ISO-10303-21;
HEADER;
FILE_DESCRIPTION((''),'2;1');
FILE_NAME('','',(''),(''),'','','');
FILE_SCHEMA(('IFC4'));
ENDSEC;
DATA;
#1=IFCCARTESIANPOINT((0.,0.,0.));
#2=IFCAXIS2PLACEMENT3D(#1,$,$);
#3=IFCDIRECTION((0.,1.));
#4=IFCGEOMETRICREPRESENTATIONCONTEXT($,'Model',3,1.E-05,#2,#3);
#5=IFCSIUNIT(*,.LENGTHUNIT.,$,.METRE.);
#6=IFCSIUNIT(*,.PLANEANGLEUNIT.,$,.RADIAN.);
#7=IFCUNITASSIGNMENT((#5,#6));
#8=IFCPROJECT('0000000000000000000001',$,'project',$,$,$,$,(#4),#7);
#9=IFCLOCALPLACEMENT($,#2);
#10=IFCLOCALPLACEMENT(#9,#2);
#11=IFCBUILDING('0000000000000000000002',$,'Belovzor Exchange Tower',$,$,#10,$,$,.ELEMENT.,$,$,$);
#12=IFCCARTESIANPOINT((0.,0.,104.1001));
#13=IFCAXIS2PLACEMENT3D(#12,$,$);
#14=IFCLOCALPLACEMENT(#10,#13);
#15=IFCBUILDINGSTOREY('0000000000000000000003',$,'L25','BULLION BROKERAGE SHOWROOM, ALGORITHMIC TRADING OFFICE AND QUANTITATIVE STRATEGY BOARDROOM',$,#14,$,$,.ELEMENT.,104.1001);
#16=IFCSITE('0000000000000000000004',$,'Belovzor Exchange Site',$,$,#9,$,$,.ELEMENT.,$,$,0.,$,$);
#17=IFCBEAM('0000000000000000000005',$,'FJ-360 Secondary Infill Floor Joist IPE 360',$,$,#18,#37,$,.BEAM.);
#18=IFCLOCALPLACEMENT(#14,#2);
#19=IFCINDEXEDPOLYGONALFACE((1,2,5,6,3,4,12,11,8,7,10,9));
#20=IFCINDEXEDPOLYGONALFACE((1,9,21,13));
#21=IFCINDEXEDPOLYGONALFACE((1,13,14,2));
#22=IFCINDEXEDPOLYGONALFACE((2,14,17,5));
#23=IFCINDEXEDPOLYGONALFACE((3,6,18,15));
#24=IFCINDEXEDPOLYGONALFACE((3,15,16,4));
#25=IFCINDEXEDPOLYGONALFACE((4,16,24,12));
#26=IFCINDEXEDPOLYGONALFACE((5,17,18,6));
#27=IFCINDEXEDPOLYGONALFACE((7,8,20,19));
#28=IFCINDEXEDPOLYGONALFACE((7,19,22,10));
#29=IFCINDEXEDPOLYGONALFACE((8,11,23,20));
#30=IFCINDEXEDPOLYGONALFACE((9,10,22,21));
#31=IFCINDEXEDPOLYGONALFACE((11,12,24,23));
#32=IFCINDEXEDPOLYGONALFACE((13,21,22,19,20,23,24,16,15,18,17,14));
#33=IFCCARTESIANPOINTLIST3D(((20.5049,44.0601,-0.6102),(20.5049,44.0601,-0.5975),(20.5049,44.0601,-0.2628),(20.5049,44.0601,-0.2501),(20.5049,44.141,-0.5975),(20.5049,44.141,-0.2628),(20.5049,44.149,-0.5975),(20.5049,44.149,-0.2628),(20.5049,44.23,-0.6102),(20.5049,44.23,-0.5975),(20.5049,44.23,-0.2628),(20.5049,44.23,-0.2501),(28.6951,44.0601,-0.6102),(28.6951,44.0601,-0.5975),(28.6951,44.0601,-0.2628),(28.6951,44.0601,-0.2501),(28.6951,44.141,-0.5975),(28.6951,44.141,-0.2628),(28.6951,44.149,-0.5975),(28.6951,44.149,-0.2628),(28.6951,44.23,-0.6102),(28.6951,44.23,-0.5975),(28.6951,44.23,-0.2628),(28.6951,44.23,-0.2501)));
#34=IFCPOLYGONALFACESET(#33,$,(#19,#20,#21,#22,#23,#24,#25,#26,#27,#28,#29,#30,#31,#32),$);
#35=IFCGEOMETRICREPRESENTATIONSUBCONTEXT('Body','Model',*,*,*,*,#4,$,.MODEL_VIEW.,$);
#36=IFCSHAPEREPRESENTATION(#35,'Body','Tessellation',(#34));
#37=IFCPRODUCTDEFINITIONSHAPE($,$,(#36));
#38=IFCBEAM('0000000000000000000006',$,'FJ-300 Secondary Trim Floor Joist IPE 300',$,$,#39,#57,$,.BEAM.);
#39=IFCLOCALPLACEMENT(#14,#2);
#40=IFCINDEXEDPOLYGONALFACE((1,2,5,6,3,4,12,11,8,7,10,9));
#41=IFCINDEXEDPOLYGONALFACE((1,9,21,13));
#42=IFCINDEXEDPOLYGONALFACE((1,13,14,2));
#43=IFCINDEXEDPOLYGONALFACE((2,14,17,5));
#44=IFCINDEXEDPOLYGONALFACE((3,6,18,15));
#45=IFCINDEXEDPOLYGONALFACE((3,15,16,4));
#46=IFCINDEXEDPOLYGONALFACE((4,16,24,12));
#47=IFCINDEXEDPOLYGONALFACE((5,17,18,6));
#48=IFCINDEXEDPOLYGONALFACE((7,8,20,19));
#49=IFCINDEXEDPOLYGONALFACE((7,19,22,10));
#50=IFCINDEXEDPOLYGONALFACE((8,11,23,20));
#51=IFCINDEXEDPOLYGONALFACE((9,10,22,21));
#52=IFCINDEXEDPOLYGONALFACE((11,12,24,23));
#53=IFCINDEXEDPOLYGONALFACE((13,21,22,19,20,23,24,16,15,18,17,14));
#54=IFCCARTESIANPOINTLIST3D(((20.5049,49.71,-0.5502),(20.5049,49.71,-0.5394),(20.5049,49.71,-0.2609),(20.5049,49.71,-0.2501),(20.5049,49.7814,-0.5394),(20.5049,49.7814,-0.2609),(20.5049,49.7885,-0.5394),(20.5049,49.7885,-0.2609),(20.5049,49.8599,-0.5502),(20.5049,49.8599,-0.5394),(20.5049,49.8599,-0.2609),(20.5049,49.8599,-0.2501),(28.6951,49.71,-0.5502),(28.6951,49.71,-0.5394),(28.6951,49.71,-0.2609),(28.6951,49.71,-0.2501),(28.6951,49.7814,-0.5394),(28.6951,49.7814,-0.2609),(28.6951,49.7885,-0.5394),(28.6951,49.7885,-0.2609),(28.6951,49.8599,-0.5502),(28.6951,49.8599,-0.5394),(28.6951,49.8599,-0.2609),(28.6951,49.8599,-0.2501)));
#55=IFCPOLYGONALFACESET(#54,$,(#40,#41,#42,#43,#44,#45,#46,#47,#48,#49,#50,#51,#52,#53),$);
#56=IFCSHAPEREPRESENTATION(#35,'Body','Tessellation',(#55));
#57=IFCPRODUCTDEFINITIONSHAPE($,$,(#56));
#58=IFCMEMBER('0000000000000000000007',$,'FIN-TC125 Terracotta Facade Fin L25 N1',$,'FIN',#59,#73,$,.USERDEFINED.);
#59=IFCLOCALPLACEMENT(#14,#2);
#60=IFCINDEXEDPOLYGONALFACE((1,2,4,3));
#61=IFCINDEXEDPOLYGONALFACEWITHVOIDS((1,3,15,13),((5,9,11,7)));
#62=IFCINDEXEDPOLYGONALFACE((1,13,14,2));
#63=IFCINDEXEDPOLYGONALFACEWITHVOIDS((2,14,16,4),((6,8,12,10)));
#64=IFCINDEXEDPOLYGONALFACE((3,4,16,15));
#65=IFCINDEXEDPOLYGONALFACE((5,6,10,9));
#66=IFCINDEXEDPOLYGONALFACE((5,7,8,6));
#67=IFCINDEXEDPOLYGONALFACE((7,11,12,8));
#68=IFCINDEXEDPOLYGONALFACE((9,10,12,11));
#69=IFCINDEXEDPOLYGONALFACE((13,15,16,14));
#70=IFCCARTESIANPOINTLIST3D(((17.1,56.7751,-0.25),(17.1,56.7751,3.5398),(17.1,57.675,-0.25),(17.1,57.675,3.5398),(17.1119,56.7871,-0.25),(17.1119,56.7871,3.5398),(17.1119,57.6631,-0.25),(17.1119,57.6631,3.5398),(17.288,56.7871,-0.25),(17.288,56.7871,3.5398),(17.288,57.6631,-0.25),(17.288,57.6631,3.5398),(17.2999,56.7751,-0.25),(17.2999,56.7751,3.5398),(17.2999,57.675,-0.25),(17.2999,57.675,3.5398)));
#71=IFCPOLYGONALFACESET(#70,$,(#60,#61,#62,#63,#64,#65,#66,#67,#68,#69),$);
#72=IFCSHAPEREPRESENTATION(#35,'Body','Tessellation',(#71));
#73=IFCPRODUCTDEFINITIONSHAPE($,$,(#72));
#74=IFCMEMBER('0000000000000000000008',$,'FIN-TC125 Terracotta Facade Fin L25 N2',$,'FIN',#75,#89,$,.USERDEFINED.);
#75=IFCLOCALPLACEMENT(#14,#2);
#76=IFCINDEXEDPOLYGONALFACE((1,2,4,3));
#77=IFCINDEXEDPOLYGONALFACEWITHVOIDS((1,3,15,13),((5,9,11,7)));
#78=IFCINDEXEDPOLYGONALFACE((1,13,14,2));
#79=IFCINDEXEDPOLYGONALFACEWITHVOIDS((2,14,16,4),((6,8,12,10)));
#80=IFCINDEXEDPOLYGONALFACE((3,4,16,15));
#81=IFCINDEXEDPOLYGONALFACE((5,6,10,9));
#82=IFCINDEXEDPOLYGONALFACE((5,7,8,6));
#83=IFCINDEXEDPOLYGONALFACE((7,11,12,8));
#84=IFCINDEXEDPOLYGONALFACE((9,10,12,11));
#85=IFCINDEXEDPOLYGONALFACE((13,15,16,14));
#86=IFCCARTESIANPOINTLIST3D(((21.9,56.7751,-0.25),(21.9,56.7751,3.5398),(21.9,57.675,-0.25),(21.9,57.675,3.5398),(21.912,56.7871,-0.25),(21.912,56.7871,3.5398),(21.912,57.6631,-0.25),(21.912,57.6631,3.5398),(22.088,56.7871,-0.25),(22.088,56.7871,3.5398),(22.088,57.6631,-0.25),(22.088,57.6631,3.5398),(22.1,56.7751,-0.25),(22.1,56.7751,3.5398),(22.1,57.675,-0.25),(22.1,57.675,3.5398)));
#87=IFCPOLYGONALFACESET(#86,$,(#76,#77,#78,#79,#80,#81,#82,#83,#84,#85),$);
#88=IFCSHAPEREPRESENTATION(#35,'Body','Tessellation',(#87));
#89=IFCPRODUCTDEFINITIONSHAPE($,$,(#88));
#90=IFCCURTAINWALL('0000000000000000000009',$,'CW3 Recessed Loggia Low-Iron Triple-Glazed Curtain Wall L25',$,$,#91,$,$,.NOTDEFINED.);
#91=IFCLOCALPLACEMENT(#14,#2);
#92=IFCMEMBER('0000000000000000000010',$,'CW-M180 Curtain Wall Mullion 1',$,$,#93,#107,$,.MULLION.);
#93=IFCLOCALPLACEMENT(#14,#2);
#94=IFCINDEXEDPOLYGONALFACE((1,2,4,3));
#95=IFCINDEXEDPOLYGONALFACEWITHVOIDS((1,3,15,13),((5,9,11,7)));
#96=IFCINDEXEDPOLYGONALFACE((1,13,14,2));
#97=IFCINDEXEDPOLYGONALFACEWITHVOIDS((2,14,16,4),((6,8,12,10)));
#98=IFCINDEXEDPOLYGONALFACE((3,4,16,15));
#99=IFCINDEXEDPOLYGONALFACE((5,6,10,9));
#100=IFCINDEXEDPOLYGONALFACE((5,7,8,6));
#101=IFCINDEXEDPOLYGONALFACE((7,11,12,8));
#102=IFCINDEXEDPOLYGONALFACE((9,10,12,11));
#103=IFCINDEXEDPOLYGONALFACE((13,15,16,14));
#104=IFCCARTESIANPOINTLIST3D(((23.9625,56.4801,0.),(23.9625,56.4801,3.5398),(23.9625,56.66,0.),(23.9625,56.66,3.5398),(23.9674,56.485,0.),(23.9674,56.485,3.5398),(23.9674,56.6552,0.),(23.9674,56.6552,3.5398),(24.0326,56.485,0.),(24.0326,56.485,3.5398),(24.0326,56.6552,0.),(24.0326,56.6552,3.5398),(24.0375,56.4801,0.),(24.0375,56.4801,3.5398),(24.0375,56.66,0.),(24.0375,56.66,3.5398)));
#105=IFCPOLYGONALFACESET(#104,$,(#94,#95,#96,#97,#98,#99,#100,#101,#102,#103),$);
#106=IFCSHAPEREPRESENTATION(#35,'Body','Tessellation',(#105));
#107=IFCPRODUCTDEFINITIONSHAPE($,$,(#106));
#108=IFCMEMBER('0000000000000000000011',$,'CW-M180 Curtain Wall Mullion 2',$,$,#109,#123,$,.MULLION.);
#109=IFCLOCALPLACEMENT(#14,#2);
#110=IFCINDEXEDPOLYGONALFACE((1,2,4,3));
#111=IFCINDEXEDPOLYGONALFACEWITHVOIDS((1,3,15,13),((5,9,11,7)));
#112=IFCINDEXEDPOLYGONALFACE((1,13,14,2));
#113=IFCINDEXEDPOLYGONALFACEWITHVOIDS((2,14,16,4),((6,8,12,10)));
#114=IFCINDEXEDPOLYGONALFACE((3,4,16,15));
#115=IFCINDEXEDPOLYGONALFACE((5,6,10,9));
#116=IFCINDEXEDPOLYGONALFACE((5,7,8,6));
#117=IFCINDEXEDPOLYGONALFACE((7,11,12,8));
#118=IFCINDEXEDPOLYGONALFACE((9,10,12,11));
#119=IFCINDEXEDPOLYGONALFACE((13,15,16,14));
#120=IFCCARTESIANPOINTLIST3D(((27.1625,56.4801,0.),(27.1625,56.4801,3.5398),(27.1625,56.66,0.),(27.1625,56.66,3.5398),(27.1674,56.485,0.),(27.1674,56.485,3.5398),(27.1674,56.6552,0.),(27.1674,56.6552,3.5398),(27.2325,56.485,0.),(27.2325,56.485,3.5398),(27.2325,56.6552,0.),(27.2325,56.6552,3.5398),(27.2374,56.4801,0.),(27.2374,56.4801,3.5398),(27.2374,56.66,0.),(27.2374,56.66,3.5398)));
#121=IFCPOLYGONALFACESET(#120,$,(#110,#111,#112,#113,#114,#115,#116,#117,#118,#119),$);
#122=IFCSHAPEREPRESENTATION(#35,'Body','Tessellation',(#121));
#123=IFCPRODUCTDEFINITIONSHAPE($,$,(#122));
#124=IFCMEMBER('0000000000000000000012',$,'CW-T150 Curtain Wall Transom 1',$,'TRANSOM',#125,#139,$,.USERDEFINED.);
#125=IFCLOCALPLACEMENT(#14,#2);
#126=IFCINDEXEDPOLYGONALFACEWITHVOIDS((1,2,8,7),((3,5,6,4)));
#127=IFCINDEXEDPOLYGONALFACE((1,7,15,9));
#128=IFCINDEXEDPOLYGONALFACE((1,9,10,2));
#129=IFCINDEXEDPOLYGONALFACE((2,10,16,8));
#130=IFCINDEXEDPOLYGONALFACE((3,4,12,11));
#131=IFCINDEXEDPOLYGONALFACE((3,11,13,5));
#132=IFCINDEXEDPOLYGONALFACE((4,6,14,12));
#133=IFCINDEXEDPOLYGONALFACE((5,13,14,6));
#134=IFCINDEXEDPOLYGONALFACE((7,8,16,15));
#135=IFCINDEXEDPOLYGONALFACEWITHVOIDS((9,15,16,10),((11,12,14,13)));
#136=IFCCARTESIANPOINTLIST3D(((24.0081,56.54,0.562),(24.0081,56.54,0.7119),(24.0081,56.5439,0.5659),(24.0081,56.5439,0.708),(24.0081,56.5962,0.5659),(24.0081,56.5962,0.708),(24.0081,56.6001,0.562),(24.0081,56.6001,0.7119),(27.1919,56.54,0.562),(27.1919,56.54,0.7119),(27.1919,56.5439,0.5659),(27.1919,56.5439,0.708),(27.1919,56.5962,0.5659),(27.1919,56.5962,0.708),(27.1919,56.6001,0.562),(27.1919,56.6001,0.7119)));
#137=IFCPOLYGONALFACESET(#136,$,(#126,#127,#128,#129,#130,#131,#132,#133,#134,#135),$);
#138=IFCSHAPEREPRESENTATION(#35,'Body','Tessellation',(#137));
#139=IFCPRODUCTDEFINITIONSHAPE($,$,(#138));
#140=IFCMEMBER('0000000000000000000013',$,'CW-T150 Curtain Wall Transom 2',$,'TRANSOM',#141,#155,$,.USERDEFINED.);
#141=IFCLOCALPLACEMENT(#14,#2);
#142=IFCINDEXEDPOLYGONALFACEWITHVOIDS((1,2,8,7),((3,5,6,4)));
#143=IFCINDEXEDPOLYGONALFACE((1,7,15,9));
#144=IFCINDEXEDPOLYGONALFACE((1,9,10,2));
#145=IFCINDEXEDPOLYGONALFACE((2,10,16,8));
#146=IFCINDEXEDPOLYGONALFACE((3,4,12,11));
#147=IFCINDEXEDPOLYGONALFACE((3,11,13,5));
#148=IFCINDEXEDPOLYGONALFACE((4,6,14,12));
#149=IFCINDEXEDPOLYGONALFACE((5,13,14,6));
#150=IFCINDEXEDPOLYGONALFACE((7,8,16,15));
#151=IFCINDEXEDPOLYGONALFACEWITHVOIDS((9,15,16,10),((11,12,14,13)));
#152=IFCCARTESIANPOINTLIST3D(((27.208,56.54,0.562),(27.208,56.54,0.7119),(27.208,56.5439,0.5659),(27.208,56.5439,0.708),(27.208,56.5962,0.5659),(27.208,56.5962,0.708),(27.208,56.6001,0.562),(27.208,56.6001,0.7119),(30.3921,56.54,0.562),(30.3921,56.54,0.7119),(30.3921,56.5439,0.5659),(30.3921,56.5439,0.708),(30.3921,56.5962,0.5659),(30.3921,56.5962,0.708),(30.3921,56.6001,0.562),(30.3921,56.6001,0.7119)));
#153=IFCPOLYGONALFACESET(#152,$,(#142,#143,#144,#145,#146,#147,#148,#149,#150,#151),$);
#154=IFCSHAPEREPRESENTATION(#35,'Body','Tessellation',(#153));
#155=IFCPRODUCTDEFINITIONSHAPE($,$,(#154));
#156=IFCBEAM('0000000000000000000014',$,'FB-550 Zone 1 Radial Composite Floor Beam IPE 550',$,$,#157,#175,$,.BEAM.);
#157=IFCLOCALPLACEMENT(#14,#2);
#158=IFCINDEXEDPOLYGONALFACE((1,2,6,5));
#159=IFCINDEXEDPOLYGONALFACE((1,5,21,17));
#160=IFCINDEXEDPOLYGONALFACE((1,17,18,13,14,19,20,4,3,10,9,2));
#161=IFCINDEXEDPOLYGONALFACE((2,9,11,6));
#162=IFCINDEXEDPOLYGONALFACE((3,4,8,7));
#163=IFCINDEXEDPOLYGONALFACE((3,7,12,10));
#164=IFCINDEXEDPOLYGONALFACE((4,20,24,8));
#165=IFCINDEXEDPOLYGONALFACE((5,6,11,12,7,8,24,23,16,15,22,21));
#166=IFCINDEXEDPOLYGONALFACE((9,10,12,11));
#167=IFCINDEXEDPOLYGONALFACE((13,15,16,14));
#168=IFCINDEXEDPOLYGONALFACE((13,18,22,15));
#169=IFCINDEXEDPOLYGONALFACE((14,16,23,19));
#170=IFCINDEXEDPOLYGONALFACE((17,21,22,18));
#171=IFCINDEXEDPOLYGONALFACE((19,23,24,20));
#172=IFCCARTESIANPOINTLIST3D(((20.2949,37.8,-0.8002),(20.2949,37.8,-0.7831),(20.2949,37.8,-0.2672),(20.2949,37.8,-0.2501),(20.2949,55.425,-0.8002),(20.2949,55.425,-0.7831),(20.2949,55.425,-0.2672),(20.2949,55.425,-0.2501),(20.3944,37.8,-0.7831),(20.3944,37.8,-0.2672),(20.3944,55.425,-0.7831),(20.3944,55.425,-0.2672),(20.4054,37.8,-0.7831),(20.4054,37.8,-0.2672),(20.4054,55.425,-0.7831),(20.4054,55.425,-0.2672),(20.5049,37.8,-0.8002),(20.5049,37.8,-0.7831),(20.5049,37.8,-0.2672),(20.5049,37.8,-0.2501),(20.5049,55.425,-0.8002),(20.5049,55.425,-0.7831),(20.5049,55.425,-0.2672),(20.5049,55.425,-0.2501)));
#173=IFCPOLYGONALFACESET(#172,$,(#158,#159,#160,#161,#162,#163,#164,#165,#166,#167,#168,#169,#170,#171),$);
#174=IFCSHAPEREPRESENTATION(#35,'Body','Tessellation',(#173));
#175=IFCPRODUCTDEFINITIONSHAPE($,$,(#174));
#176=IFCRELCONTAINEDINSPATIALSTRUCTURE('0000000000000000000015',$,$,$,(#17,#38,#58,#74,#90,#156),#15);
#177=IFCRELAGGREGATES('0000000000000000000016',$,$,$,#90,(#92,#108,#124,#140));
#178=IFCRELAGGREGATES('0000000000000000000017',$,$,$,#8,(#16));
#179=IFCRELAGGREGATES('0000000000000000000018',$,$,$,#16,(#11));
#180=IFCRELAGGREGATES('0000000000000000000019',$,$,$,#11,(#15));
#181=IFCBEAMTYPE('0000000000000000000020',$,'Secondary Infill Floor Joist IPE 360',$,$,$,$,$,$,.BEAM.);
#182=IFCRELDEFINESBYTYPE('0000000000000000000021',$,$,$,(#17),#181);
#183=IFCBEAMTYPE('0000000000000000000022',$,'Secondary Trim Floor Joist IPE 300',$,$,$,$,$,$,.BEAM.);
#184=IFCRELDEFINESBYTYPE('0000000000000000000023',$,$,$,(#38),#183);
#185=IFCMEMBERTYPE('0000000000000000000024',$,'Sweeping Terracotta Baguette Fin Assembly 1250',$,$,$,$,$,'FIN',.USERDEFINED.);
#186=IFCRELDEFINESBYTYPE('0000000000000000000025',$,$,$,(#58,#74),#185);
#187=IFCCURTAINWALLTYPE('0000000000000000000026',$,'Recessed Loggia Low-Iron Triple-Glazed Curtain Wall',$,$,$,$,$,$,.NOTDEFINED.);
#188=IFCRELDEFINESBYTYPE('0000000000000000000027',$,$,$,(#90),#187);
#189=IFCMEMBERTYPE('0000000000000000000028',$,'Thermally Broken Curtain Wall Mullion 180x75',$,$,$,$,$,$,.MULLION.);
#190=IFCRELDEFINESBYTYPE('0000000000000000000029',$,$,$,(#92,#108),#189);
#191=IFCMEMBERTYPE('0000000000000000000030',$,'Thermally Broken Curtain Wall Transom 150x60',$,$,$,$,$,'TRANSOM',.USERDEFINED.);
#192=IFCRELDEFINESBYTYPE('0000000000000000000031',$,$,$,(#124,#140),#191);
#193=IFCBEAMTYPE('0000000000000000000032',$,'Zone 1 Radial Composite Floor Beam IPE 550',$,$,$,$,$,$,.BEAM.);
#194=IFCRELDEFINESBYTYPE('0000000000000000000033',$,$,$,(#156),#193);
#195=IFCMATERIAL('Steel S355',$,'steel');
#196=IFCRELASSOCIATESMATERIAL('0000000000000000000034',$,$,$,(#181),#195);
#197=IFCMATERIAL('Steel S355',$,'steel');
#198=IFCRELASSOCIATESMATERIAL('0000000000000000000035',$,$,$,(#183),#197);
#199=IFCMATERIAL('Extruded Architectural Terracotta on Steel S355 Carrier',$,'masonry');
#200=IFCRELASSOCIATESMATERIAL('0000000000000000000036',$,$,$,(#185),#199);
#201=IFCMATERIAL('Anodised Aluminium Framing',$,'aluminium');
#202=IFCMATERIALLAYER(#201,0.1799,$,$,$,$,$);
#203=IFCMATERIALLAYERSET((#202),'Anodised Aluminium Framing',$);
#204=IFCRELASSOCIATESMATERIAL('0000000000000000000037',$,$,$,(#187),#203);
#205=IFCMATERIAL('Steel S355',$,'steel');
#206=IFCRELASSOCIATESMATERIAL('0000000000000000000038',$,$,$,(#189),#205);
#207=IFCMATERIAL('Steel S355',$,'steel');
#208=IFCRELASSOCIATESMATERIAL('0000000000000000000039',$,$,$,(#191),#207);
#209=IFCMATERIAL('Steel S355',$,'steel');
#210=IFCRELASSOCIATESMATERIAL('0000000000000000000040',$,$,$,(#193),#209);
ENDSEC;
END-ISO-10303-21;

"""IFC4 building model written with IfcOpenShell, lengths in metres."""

from ifc_helpers import new_model, si_unit, direction, frame, origin, origin_2d, place, context, subcontext, project, spatial, hollow_rectangle, i_section, extrude, material, layer, layer_set, material_profile, profile_set, type_object, element, aggregate, save


model = new_model("IFC4")

# Units and contexts
model_context = context("Model", 3, precision=1e-05, world=origin(), true_north=direction((0.0, 1.0)))
body_context = subcontext(model_context, "Body", "Model", "MODEL_VIEW")
ifc_project = project(units=[si_unit("LENGTHUNIT", "METRE"), si_unit("PLANEANGLEUNIT", "RADIAN")], contexts=[model_context])

# Site, building, storey
site_placement = place(None, origin())
site = spatial("IfcSite", under=ifc_project, at=site_placement, Name="Belovzor Exchange Site", CompositionType="ELEMENT", RefElevation=0.0)
building_placement = place(site_placement, origin())
building = spatial("IfcBuilding", under=site, at=building_placement, Name="Belovzor Exchange Tower", CompositionType="ELEMENT")
storey_placement = place(building_placement, frame((0.0, 0.0, 104.1001)))
storey = spatial("IfcBuildingStorey", under=building, at=storey_placement, Name="L25", Description="BULLION BROKERAGE SHOWROOM, ALGORITHMIC TRADING OFFICE AND QUANTITATIVE STRATEGY BOARDROOM", CompositionType="ELEMENT", Elevation=104.1001)

# Beams
ifc_material_1 = material(Name="Steel S355", Category="steel")
ifc_material_profile_1 = material_profile(ifc_material_1, i_section(OverallWidth=0.1699, OverallDepth=0.3601, WebThickness=0.0081, FlangeThickness=0.0127, at=origin_2d()))
ifc_profile_set_1 = profile_set([ifc_material_profile_1], Name="Steel S355")
beam_type_1 = type_object("IfcBeamType", Name="Secondary Infill Floor Joist IPE 360", PredefinedType="BEAM", material=ifc_profile_set_1)
beam_1_placement = place(storey_placement, frame((20.5049, 44.145, -0.4302), z_axis=(1.0, 0.0, 0.0), x_axis=(0.0, 1.0, 0.0)))
element("IfcBeam", 1, at=beam_1_placement, inside=storey, type_object=beam_type_1, Name="FJ-360 Secondary Infill Floor Joist IPE 360", PredefinedType="BEAM", context=body_context, shape_type="SweptSolid", body=[
    extrude(i_section(OverallWidth=0.1699, OverallDepth=0.3601, WebThickness=0.0081, FlangeThickness=0.0127, at=origin_2d()), origin(), (0.0, 0.0, 1.0), 8.1902),
])
ifc_material_2 = material(Name="Steel S355", Category="steel")
ifc_material_profile_2 = material_profile(ifc_material_2, i_section(OverallWidth=0.1499, OverallDepth=0.3, WebThickness=0.0071, FlangeThickness=0.0107, at=origin_2d()))
ifc_profile_set_2 = profile_set([ifc_material_profile_2], Name="Steel S355")
beam_type_2 = type_object("IfcBeamType", Name="Secondary Trim Floor Joist IPE 300", PredefinedType="BEAM", material=ifc_profile_set_2)
beam_2_placement = place(storey_placement, frame((20.5049, 49.7849, -0.4001), z_axis=(1.0, 0.0, 0.0), x_axis=(0.0, 1.0, 0.0)))
element("IfcBeam", 2, at=beam_2_placement, inside=storey, type_object=beam_type_2, Name="FJ-300 Secondary Trim Floor Joist IPE 300", PredefinedType="BEAM", context=body_context, shape_type="SweptSolid", body=[
    extrude(i_section(OverallWidth=0.1499, OverallDepth=0.3, WebThickness=0.0071, FlangeThickness=0.0107, at=origin_2d()), origin(), (0.0, 0.0, 1.0), 8.1902),
])

# Members
ifc_material_3 = material(Name="Extruded Architectural Terracotta on Steel S355 Carrier", Category="masonry")
ifc_material_profile_3 = material_profile(ifc_material_3, hollow_rectangle(XDim=0.2, YDim=0.8999, WallThickness=0.012, at=origin_2d()))
ifc_profile_set_3 = profile_set([ifc_material_profile_3], Name="Extruded Architectural Terracotta on Steel S355 Carrier")
member_type_1 = type_object("IfcMemberType", Name="Sweeping Terracotta Baguette Fin Assembly 1250", ElementType="FIN", PredefinedType="USERDEFINED", material=ifc_profile_set_3)
for number, where, z_axis, x_axis, name in (
    (3, (17.2, 57.2251, -0.25), (0.0, 0.0, 1.0), (1.0, 0.0, 0.0), "FIN-TC125 Terracotta Facade Fin L25 N1"),
    (4, (22.0, 57.2251, -0.25), (0.0, 0.0, 1.0), (1.0, 0.0, 0.0), "FIN-TC125 Terracotta Facade Fin L25 N2"),
):
    element("IfcMember", number, at=place(storey_placement, frame(where, z_axis=z_axis, x_axis=x_axis)), inside=storey, type_object=member_type_1, Name=name, ObjectType="FIN", PredefinedType="USERDEFINED", context=body_context, shape_type="SweptSolid", body=[
        extrude(hollow_rectangle(XDim=0.2, YDim=0.8999, WallThickness=0.012, at=origin_2d()), origin(), (0.0, 0.0, 1.0), 3.7898),
    ])

# Curtain wall, members
ifc_material_4 = material(Name="Anodised Aluminium Framing", Category="aluminium")
ifc_layer_1 = layer(ifc_material_4, 0.1799)
ifc_layer_set_1 = layer_set([ifc_layer_1], Name="Anodised Aluminium Framing")
curtain_wall_type = type_object("IfcCurtainWallType", Name="Recessed Loggia Low-Iron Triple-Glazed Curtain Wall", PredefinedType="NOTDEFINED", material=ifc_layer_set_1)
curtain_wall_placement = place(storey_placement, origin())
curtain_wall = element("IfcCurtainWall", 5, at=curtain_wall_placement, inside=storey, type_object=curtain_wall_type, Name="CW3 Recessed Loggia Low-Iron Triple-Glazed Curtain Wall L25", PredefinedType="NOTDEFINED")
ifc_material_5 = material(Name="Steel S355", Category="steel")
ifc_material_profile_4 = material_profile(ifc_material_5, hollow_rectangle(XDim=0.075, YDim=0.1799, WallThickness=0.0049, at=origin_2d()))
ifc_profile_set_4 = profile_set([ifc_material_profile_4], Name="Steel S355")
member_type_2 = type_object("IfcMemberType", Name="Thermally Broken Curtain Wall Mullion 180x75", PredefinedType="MULLION", material=ifc_profile_set_4)
member_1_placement = place(storey_placement, frame((24.0, 56.5701, 0.0), z_axis=(0.0, 0.0, 1.0), x_axis=(1.0, 0.0, 0.0)))
member_1 = element("IfcMember", 6, at=member_1_placement, type_object=member_type_2, Name="CW-M180 Curtain Wall Mullion 1", PredefinedType="MULLION", context=body_context, shape_type="SweptSolid", body=[
    extrude(hollow_rectangle(XDim=0.075, YDim=0.1799, WallThickness=0.0049, at=origin_2d()), origin(), (0.0, 0.0, 1.0), 3.5398),
])
member_2_placement = place(storey_placement, frame((27.2, 56.5701, 0.0), z_axis=(0.0, 0.0, 1.0), x_axis=(1.0, 0.0, 0.0)))
member_2 = element("IfcMember", 7, at=member_2_placement, type_object=member_type_2, Name="CW-M180 Curtain Wall Mullion 2", PredefinedType="MULLION", context=body_context, shape_type="SweptSolid", body=[
    extrude(hollow_rectangle(XDim=0.075, YDim=0.1799, WallThickness=0.0049, at=origin_2d()), origin(), (0.0, 0.0, 1.0), 3.5398),
])
ifc_material_6 = material(Name="Steel S355", Category="steel")
ifc_material_profile_5 = material_profile(ifc_material_6, hollow_rectangle(XDim=0.0601, YDim=0.1499, WallThickness=0.0039, at=origin_2d()))
ifc_profile_set_5 = profile_set([ifc_material_profile_5], Name="Steel S355")
member_type_3 = type_object("IfcMemberType", Name="Thermally Broken Curtain Wall Transom 150x60", ElementType="TRANSOM", PredefinedType="USERDEFINED", material=ifc_profile_set_5)
member_3_placement = place(storey_placement, frame((24.0081, 56.5701, 0.637), z_axis=(1.0, 0.0, 0.0), x_axis=(0.0, 1.0, 0.0)))
member_3 = element("IfcMember", 8, at=member_3_placement, type_object=member_type_3, Name="CW-T150 Curtain Wall Transom 1", ObjectType="TRANSOM", PredefinedType="USERDEFINED", context=body_context, shape_type="SweptSolid", body=[
    extrude(hollow_rectangle(XDim=0.0601, YDim=0.1499, WallThickness=0.0039, at=origin_2d()), origin(), (0.0, 0.0, 1.0), 3.1838),
])
member_4_placement = place(storey_placement, frame((27.208, 56.5701, 0.637), z_axis=(1.0, 0.0, 0.0), x_axis=(0.0, 1.0, 0.0)))
member_4 = element("IfcMember", 9, at=member_4_placement, type_object=member_type_3, Name="CW-T150 Curtain Wall Transom 2", ObjectType="TRANSOM", PredefinedType="USERDEFINED", context=body_context, shape_type="SweptSolid", body=[
    extrude(hollow_rectangle(XDim=0.0601, YDim=0.1499, WallThickness=0.0039, at=origin_2d()), origin(), (0.0, 0.0, 1.0), 3.1841),
])

# Beam
ifc_material_7 = material(Name="Steel S355", Category="steel")
ifc_material_profile_6 = material_profile(ifc_material_7, i_section(OverallWidth=0.21, OverallDepth=0.55, WebThickness=0.011, FlangeThickness=0.0171, at=origin_2d()))
ifc_profile_set_6 = profile_set([ifc_material_profile_6], Name="Steel S355")
beam_type_3 = type_object("IfcBeamType", Name="Zone 1 Radial Composite Floor Beam IPE 550", PredefinedType="BEAM", material=ifc_profile_set_6)
for number, where, z_axis, x_axis, name in (
    (10, (20.3999, 37.8, -0.5251), (0.0, 1.0, 0.0), (-1.0, 0.0, 0.0), "FB-550 Zone 1 Radial Composite Floor Beam IPE 550"),
):
    element("IfcBeam", number, at=place(storey_placement, frame(where, z_axis=z_axis, x_axis=x_axis)), inside=storey, type_object=beam_type_3, Name=name, PredefinedType="BEAM", context=body_context, shape_type="SweptSolid", body=[
        extrude(i_section(OverallWidth=0.21, OverallDepth=0.55, WebThickness=0.011, FlangeThickness=0.0171, at=origin_2d()), origin(), (0.0, 0.0, 1.0), 17.625),
    ])

aggregate(curtain_wall, [member_1, member_2, member_3, member_4])

save(model, "model.ifc")
